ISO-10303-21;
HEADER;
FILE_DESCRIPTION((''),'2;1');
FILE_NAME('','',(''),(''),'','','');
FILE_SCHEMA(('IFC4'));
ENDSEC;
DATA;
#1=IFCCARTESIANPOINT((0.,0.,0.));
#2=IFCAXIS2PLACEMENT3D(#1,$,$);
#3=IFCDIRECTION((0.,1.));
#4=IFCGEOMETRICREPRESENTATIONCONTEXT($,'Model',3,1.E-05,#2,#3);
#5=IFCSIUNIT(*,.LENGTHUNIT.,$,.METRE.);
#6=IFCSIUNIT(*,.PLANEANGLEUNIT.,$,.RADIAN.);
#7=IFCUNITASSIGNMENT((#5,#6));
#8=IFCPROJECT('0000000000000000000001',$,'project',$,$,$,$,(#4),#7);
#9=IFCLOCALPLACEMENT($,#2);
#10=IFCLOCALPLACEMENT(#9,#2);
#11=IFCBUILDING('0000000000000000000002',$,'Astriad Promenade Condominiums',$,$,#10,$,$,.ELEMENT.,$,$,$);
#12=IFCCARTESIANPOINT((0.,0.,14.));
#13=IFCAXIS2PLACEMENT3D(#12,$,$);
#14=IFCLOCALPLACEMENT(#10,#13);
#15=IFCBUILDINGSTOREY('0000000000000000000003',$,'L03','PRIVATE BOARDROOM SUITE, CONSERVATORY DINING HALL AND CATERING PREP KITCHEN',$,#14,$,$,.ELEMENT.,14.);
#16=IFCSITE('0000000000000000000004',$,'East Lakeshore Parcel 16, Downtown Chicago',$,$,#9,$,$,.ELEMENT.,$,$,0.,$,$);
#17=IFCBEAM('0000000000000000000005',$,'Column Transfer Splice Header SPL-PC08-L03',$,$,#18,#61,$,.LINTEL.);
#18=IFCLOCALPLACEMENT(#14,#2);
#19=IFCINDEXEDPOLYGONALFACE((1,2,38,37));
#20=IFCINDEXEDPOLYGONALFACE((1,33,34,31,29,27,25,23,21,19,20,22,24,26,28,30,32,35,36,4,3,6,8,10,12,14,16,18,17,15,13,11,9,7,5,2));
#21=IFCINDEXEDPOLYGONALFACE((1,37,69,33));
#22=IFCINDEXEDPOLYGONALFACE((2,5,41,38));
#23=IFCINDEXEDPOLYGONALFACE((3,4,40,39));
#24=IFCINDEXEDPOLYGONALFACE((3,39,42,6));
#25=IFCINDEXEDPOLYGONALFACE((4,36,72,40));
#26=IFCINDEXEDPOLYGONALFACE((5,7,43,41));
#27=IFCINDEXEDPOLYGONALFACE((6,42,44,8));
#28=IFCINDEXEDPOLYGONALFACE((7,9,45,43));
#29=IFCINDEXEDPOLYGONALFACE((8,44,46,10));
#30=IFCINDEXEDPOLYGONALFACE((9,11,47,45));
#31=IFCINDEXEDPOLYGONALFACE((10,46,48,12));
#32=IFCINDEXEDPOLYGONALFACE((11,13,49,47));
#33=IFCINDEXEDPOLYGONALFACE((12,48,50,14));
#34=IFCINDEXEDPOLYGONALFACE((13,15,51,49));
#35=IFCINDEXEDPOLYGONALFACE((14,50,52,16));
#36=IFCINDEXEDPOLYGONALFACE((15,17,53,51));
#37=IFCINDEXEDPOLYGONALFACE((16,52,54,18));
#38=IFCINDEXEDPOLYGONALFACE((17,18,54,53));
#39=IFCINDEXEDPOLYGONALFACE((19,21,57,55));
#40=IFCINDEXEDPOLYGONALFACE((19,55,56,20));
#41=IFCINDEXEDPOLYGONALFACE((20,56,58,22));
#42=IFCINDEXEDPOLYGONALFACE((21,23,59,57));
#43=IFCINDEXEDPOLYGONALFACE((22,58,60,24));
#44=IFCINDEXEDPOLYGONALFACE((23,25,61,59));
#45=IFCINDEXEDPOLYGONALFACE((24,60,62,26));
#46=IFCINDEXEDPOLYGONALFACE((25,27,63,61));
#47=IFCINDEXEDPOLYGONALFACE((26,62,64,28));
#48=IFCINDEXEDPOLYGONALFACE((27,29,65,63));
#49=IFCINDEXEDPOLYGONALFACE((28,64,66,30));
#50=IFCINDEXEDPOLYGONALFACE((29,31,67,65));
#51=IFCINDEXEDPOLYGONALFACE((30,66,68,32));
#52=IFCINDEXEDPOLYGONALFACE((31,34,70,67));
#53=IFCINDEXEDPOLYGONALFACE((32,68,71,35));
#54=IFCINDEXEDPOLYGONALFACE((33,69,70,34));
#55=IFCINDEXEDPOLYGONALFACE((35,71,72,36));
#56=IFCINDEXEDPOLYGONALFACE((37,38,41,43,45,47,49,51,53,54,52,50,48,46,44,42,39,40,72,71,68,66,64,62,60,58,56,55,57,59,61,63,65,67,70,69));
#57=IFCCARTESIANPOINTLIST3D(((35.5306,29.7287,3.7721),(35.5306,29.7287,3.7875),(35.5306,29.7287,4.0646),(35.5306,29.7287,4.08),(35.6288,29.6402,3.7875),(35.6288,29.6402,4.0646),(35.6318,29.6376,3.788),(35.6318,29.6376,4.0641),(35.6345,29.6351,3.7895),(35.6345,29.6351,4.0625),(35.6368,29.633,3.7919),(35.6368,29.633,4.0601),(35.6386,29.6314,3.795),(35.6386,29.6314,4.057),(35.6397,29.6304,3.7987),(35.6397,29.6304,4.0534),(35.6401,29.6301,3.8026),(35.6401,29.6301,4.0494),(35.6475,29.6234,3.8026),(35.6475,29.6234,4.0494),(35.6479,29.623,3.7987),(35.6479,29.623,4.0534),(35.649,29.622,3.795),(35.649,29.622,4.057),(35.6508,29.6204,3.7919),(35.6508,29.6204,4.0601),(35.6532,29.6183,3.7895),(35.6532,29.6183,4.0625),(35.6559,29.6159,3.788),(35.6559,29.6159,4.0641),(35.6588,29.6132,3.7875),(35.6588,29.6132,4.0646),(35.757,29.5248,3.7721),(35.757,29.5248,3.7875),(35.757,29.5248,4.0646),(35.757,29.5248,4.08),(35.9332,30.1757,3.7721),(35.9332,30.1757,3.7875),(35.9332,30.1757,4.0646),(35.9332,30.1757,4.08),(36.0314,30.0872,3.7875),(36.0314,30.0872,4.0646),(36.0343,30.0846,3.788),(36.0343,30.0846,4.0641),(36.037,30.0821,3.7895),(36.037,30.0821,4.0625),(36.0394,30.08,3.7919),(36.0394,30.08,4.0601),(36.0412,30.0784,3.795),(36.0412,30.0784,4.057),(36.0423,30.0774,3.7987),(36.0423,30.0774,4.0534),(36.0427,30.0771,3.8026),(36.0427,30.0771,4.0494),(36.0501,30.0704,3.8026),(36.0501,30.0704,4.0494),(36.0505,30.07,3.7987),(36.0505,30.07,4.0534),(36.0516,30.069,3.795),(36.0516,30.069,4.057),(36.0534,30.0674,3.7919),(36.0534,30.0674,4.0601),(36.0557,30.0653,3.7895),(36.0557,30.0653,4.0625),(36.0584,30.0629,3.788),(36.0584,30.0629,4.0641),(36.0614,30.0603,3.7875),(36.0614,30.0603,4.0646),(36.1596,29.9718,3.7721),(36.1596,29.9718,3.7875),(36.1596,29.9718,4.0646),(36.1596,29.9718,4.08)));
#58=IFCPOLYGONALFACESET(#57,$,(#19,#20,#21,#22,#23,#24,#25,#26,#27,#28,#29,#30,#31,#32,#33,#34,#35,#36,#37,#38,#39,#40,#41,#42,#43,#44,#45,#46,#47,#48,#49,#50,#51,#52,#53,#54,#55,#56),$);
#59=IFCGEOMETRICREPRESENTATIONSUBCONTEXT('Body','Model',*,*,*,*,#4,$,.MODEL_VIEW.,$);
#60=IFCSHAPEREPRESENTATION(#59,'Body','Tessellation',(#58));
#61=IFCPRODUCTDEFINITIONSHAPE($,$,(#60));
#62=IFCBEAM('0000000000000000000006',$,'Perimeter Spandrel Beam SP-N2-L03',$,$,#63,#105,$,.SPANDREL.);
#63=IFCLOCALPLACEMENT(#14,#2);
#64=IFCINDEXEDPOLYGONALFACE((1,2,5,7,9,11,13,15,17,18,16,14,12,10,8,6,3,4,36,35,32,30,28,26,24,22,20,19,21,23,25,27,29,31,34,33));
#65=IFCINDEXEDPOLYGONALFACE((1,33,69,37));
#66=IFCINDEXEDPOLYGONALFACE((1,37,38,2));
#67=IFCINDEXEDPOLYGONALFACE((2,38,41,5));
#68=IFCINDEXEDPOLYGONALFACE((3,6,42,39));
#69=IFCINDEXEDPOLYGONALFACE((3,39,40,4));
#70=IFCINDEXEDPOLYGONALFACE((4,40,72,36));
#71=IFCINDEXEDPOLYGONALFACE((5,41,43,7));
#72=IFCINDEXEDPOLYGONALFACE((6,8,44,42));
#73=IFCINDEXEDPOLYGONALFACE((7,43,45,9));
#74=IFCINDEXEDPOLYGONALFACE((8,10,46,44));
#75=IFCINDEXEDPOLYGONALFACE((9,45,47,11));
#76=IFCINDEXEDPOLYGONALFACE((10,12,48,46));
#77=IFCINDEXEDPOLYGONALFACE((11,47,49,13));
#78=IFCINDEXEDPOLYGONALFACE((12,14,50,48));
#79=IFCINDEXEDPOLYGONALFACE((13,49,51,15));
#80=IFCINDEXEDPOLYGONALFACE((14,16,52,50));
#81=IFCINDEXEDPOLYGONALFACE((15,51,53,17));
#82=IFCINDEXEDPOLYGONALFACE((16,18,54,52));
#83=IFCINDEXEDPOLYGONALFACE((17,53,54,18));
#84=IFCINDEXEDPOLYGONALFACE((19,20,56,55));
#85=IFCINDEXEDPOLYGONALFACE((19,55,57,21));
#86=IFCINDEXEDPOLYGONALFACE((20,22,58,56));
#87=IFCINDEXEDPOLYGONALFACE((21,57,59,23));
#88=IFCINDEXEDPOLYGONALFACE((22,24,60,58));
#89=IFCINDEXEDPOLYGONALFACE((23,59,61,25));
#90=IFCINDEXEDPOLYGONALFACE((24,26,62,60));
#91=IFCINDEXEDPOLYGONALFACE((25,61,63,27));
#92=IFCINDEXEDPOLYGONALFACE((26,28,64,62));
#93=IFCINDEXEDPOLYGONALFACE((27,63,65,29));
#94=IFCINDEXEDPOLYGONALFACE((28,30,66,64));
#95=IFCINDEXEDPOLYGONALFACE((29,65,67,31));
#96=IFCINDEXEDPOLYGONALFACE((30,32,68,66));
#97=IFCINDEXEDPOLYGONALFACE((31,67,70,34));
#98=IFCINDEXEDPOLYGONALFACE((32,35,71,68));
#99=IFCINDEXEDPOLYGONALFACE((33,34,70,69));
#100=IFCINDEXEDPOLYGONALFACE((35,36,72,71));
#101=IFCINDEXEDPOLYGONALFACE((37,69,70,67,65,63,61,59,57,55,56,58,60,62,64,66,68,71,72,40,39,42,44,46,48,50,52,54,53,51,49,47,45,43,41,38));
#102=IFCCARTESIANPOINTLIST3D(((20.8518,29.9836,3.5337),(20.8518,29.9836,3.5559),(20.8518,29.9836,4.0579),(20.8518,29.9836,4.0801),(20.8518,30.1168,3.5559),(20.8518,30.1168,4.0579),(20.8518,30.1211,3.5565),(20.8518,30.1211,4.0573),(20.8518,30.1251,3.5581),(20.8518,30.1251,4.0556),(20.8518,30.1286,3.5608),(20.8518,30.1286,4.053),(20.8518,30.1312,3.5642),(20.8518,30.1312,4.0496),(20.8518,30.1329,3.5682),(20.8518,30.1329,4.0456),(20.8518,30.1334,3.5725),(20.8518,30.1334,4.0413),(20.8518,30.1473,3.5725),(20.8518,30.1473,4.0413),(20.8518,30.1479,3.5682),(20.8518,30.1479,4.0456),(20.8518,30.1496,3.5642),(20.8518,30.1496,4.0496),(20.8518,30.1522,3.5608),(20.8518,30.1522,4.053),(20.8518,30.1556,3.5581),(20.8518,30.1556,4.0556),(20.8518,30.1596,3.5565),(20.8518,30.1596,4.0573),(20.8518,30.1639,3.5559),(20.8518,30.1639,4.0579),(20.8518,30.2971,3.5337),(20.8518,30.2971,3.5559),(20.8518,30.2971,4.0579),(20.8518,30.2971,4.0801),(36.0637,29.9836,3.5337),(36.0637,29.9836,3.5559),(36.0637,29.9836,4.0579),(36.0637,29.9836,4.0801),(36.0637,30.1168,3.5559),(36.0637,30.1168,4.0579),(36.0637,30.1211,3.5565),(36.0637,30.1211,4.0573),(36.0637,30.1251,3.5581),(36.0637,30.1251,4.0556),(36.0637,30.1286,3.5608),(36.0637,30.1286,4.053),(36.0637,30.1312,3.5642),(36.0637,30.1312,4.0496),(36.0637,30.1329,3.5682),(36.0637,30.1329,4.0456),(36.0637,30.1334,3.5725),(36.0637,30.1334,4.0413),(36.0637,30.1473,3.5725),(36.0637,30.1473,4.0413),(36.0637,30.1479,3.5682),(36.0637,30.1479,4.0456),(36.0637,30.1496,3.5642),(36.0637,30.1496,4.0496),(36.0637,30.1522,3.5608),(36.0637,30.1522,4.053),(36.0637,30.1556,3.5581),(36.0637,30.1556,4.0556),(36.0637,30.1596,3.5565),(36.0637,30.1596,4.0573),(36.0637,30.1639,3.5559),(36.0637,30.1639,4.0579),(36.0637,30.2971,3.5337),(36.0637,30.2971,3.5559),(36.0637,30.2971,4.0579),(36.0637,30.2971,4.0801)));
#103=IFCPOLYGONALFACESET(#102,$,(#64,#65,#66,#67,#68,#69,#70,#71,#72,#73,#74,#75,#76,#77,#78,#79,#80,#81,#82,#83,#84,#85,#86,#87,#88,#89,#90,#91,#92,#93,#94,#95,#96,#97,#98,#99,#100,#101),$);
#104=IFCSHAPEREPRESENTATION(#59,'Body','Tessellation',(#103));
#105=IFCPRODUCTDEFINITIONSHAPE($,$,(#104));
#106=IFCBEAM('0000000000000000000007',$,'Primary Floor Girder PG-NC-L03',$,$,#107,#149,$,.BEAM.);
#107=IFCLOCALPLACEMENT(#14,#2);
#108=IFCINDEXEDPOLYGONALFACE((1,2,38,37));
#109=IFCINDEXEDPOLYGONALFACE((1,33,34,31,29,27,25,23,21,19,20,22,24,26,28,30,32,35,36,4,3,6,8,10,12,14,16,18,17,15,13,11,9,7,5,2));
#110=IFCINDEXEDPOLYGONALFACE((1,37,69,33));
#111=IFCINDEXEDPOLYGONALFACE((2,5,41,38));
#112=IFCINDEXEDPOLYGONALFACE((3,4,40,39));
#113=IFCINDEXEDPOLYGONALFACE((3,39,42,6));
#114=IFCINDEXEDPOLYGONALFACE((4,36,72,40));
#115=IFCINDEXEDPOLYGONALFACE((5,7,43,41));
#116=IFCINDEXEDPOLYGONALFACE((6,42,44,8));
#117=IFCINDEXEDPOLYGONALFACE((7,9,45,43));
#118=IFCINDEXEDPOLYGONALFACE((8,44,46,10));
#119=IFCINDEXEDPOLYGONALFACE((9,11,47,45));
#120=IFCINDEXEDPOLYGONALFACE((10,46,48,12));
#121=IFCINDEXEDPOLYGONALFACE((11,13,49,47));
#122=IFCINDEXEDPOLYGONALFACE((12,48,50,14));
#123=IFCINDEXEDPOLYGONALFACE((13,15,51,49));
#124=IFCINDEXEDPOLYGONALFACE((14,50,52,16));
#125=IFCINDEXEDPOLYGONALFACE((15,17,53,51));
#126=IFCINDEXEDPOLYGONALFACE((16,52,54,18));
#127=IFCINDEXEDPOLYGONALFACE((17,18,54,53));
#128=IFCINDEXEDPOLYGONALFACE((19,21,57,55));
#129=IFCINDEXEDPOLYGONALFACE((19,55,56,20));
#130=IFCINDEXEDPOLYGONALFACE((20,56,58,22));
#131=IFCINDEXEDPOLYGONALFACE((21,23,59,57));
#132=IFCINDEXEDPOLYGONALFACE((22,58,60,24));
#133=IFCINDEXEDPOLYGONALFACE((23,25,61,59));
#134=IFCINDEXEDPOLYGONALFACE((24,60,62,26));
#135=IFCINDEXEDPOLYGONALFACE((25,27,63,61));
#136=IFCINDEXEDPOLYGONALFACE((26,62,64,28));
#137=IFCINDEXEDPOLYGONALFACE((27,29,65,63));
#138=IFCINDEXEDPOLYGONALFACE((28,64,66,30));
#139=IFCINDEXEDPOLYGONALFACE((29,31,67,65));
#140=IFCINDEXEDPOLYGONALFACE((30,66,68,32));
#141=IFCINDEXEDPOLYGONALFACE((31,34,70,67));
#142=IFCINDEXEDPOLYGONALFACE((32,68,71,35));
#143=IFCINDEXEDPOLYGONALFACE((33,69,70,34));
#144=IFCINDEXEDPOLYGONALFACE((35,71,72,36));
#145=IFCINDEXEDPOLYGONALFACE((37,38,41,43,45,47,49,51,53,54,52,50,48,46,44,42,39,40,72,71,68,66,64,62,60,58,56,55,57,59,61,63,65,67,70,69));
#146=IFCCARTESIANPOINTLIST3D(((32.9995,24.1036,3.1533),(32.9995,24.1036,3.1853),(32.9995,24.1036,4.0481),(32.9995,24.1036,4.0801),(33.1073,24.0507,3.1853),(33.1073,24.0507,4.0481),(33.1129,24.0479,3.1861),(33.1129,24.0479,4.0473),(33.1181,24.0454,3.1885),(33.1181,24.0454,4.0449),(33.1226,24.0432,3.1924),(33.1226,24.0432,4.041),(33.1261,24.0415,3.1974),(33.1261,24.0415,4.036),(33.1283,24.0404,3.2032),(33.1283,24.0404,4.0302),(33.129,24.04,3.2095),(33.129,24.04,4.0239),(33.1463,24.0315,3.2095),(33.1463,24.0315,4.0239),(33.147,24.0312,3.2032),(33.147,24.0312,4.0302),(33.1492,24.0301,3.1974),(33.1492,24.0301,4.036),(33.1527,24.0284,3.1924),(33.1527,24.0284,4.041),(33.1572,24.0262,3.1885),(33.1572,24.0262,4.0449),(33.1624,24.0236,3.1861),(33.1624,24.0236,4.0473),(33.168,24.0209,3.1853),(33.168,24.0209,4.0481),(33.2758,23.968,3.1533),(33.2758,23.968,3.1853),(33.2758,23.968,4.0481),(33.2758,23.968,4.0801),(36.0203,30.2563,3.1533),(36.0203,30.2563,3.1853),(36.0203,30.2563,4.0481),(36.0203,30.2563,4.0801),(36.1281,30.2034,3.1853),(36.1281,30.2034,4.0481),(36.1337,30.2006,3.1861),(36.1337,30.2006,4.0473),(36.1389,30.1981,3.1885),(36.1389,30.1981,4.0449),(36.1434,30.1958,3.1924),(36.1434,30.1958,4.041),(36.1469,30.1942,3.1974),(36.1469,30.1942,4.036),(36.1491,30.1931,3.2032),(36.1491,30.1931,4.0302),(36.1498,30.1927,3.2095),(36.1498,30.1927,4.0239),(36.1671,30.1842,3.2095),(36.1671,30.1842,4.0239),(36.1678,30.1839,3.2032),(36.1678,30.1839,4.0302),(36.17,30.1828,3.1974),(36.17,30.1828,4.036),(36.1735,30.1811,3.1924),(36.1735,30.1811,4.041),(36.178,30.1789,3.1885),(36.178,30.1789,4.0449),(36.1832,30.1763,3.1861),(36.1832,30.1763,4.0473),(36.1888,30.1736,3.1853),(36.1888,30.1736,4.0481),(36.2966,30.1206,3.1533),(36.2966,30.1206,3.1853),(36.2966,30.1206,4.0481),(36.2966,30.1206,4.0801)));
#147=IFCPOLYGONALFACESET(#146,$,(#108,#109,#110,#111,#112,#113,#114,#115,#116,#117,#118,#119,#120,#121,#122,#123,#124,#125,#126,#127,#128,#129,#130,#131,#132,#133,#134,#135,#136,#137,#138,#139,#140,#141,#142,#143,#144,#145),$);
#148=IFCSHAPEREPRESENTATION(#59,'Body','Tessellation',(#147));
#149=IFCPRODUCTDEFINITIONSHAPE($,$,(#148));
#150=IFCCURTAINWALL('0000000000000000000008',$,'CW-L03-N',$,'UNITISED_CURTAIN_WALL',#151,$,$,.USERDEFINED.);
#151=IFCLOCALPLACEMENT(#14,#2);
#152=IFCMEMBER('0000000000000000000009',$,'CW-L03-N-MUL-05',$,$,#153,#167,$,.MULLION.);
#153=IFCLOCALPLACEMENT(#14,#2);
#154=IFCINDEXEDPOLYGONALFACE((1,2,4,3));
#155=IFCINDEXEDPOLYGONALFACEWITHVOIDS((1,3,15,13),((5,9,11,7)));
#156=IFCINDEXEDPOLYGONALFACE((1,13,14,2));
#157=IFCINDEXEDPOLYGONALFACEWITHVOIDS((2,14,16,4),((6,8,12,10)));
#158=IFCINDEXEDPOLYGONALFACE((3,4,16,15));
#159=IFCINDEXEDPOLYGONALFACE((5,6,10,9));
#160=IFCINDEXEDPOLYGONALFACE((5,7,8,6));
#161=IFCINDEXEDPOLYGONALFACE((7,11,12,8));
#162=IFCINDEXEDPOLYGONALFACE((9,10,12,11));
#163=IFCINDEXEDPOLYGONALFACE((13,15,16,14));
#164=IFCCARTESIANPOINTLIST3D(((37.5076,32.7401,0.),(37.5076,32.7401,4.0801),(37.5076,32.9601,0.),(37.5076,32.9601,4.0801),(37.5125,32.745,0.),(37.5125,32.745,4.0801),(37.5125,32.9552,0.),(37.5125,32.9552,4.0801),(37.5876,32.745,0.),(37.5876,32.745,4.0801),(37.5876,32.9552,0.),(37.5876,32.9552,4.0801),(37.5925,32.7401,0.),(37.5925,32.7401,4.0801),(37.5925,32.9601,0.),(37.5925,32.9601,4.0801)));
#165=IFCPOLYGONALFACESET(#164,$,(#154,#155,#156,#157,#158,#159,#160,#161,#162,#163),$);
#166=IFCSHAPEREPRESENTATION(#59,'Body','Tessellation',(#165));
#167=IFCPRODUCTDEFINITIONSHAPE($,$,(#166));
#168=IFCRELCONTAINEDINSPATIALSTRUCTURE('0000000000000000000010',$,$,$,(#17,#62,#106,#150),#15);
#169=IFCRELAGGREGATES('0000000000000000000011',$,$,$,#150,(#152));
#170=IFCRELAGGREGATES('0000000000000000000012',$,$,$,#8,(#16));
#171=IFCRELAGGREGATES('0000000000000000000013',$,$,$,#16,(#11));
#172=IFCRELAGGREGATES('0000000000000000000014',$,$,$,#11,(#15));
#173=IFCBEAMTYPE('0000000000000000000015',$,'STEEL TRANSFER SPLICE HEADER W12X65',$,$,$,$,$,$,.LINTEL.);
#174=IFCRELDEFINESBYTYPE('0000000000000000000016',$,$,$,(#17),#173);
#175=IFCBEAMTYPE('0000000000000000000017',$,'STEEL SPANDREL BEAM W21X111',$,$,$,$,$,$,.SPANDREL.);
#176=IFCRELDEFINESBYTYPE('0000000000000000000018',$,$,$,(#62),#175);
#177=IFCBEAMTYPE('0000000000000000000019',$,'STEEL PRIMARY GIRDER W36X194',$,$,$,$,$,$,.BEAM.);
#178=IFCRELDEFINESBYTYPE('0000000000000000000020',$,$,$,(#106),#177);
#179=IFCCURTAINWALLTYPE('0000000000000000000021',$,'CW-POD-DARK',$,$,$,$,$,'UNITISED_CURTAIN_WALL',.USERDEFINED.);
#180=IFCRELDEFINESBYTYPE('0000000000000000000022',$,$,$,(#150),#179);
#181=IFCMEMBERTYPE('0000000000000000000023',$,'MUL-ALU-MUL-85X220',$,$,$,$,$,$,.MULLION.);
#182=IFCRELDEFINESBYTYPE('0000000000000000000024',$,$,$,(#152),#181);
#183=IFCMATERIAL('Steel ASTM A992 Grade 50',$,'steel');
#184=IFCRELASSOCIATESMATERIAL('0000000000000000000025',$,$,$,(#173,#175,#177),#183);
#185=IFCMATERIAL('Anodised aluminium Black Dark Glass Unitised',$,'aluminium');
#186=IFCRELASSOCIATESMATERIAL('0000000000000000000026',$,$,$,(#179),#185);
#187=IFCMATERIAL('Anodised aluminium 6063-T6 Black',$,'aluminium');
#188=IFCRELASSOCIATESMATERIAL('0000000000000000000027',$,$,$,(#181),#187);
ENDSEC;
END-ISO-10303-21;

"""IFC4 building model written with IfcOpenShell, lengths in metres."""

from ifc_helpers import new_model, si_unit, direction, frame, origin, origin_2d, place, context, subcontext, project, spatial, hollow_rectangle, i_section, extrude, source, transform, mapped, material, material_profile, profile_set, type_object, type_shapes, element, aggregate, save


model = new_model("IFC4")

# Units and contexts
model_context = context("Model", 3, precision=1e-05, world=origin(), true_north=direction((0.0, 1.0)))
body_context = subcontext(model_context, "Body", "Model", "MODEL_VIEW")
ifc_project = project(units=[si_unit("LENGTHUNIT", "METRE"), si_unit("PLANEANGLEUNIT", "RADIAN")], contexts=[model_context])

# Site, building, storey
site_placement = place(None, origin())
site = spatial("IfcSite", under=ifc_project, at=site_placement, Name="East Lakeshore Parcel 16, Downtown Chicago", CompositionType="ELEMENT", RefElevation=0.0)
building_placement = place(site_placement, origin())
building = spatial("IfcBuilding", under=site, at=building_placement, Name="Astriad Promenade Condominiums", CompositionType="ELEMENT")
storey_placement = place(building_placement, frame((0.0, 0.0, 14.0)))
storey = spatial("IfcBuildingStorey", under=building, at=storey_placement, Name="L03", Description="PRIVATE BOARDROOM SUITE, CONSERVATORY DINING HALL AND CATERING PREP KITCHEN", CompositionType="ELEMENT", Elevation=14.0)

# Shared definitions
ifc_material_1 = material(Name="Steel ASTM A992 Grade 50", Category="steel")

# Beams
ifc_material_profile_1 = material_profile(ifc_material_1, i_section(OverallWidth=0.3047, OverallDepth=0.3079, WebThickness=0.01, FlangeThickness=0.0154, FilletRadius=0.0151, at=origin_2d()), Name="W12X65")
ifc_profile_set_1 = profile_set([ifc_material_profile_1], Name="Steel ASTM A992 Grade 50")
beam_type_1 = type_object("IfcBeamType", Name="STEEL TRANSFER SPLICE HEADER W12X65", PredefinedType="LINTEL", material=ifc_profile_set_1)
shared_shape_1 = source(origin(), body_context, "Body", "SweptSolid", [
    extrude(i_section(OverallWidth=0.3047, OverallDepth=0.3079, WebThickness=0.01, FlangeThickness=0.0154, FilletRadius=0.0151, at=origin_2d()), origin(), (0.0, 0.0, 1.0), 0.6016),
])
type_shapes(beam_type_1, [shared_shape_1])
beam_1_placement = place(storey_placement, frame((36.0464, 30.0737, 3.926), z_axis=(-0.669211, -0.743072, 0.0), x_axis=(0.743072, -0.669211, 0.0)))
element("IfcBeam", 1, at=beam_1_placement, inside=storey, type_object=beam_type_1, Name="Column Transfer Splice Header SPL-PC08-L03", PredefinedType="LINTEL", context=body_context, shape_type="MappedRepresentation", body=[
    mapped(shared_shape_1, transform((0.0, 0.0, 0.0), scale=1.0)),
])
ifc_material_profile_2 = material_profile(ifc_material_1, i_section(OverallWidth=0.3135, OverallDepth=0.5464, WebThickness=0.0139, FlangeThickness=0.0222, FilletRadius=0.0166, at=origin_2d()), Name="W21X111")
ifc_profile_set_2 = profile_set([ifc_material_profile_2], Name="Steel ASTM A992 Grade 50")
beam_type_2 = type_object("IfcBeamType", Name="STEEL SPANDREL BEAM W21X111", PredefinedType="SPANDREL", material=ifc_profile_set_2)
shared_shape_2 = source(origin(), body_context, "Body", "SweptSolid", [
    extrude(i_section(OverallWidth=0.3135, OverallDepth=0.5464, WebThickness=0.0139, FlangeThickness=0.0222, FilletRadius=0.0166, at=origin_2d()), origin(), (0.0, 0.0, 1.0), 15.2119),
])
type_shapes(beam_type_2, [shared_shape_2])
beam_2_placement = place(storey_placement, frame((36.0637, 30.1404, 3.8069), z_axis=(-1.0, 0.0, 0.0), x_axis=(0.0, -1.0, 0.0)))
element("IfcBeam", 2, at=beam_2_placement, inside=storey, type_object=beam_type_2, Name="Perimeter Spandrel Beam SP-N2-L03", PredefinedType="SPANDREL", context=body_context, shape_type="MappedRepresentation", body=[
    mapped(shared_shape_2, transform((0.0, 0.0, 0.0), scale=1.0)),
])
ifc_material_profile_3 = material_profile(ifc_material_1, i_section(OverallWidth=0.3079, OverallDepth=0.9268, WebThickness=0.0193, FlangeThickness=0.032, FilletRadius=0.0242, at=origin_2d()), Name="W36X194")
ifc_profile_set_3 = profile_set([ifc_material_profile_3], Name="Steel ASTM A992 Grade 50")
beam_type_3 = type_object("IfcBeamType", Name="STEEL PRIMARY GIRDER W36X194", PredefinedType="BEAM", material=ifc_profile_set_3)
shared_shape_3 = source(origin(), body_context, "Body", "SweptSolid", [
    extrude(i_section(OverallWidth=0.3079, OverallDepth=0.9268, WebThickness=0.0193, FlangeThickness=0.032, FilletRadius=0.0242, at=origin_2d()), origin(), (0.0, 0.0, 1.0), 6.8542),
])
type_shapes(beam_type_3, [shared_shape_3])
beam_3_placement = place(storey_placement, frame((36.1584, 30.1885, 3.6167), z_axis=(-0.440719, -0.897645, 0.0), x_axis=(0.897645, -0.440719, 0.0)))
element("IfcBeam", 3, at=beam_3_placement, inside=storey, type_object=beam_type_3, Name="Primary Floor Girder PG-NC-L03", PredefinedType="BEAM", context=body_context, shape_type="MappedRepresentation", body=[
    mapped(shared_shape_3, transform((0.0, 0.0, 0.0), scale=1.0)),
])

# Curtain wall, member
ifc_material_2 = material(Name="Anodised aluminium Black Dark Glass Unitised", Category="aluminium")
curtain_wall_type = type_object("IfcCurtainWallType", Name="CW-POD-DARK", ElementType="UNITISED_CURTAIN_WALL", PredefinedType="USERDEFINED", material=ifc_material_2)
curtain_wall_placement = place(storey_placement, origin())
curtain_wall = element("IfcCurtainWall", 4, at=curtain_wall_placement, inside=storey, type_object=curtain_wall_type, Name="CW-L03-N", ObjectType="UNITISED_CURTAIN_WALL", PredefinedType="USERDEFINED")
ifc_material_3 = material(Name="Anodised aluminium 6063-T6 Black", Category="aluminium")
ifc_material_profile_4 = material_profile(ifc_material_3, hollow_rectangle(XDim=0.085, YDim=0.22, WallThickness=0.0049, at=origin_2d()), Name="ALU-MUL-85X220")
ifc_profile_set_4 = profile_set([ifc_material_profile_4], Name="Anodised aluminium 6063-T6 Black")
member_type_1 = type_object("IfcMemberType", Name="MUL-ALU-MUL-85X220", PredefinedType="MULLION", material=ifc_profile_set_4)
shared_shape_4 = source(origin(), body_context, "Body", "SweptSolid", [
    extrude(hollow_rectangle(XDim=0.085, YDim=0.22, WallThickness=0.0049, at=origin_2d()), origin(), (0.0, 0.0, 1.0), 4.0801),
])
type_shapes(member_type_1, [shared_shape_4])
member_1_placement = place(storey_placement, frame((37.55, 32.8501, 0.0), z_axis=(0.0, 0.0, 1.0), x_axis=(1.0, 0.0, 0.0)))
member_1 = element("IfcMember", 5, at=member_1_placement, type_object=member_type_1, Name="CW-L03-N-MUL-05", PredefinedType="MULLION", context=body_context, shape_type="MappedRepresentation", body=[
    mapped(shared_shape_4, transform((0.0, 0.0, 0.0), scale=1.0)),
])

aggregate(curtain_wall, [member_1])

save(model, "model.ifc")
